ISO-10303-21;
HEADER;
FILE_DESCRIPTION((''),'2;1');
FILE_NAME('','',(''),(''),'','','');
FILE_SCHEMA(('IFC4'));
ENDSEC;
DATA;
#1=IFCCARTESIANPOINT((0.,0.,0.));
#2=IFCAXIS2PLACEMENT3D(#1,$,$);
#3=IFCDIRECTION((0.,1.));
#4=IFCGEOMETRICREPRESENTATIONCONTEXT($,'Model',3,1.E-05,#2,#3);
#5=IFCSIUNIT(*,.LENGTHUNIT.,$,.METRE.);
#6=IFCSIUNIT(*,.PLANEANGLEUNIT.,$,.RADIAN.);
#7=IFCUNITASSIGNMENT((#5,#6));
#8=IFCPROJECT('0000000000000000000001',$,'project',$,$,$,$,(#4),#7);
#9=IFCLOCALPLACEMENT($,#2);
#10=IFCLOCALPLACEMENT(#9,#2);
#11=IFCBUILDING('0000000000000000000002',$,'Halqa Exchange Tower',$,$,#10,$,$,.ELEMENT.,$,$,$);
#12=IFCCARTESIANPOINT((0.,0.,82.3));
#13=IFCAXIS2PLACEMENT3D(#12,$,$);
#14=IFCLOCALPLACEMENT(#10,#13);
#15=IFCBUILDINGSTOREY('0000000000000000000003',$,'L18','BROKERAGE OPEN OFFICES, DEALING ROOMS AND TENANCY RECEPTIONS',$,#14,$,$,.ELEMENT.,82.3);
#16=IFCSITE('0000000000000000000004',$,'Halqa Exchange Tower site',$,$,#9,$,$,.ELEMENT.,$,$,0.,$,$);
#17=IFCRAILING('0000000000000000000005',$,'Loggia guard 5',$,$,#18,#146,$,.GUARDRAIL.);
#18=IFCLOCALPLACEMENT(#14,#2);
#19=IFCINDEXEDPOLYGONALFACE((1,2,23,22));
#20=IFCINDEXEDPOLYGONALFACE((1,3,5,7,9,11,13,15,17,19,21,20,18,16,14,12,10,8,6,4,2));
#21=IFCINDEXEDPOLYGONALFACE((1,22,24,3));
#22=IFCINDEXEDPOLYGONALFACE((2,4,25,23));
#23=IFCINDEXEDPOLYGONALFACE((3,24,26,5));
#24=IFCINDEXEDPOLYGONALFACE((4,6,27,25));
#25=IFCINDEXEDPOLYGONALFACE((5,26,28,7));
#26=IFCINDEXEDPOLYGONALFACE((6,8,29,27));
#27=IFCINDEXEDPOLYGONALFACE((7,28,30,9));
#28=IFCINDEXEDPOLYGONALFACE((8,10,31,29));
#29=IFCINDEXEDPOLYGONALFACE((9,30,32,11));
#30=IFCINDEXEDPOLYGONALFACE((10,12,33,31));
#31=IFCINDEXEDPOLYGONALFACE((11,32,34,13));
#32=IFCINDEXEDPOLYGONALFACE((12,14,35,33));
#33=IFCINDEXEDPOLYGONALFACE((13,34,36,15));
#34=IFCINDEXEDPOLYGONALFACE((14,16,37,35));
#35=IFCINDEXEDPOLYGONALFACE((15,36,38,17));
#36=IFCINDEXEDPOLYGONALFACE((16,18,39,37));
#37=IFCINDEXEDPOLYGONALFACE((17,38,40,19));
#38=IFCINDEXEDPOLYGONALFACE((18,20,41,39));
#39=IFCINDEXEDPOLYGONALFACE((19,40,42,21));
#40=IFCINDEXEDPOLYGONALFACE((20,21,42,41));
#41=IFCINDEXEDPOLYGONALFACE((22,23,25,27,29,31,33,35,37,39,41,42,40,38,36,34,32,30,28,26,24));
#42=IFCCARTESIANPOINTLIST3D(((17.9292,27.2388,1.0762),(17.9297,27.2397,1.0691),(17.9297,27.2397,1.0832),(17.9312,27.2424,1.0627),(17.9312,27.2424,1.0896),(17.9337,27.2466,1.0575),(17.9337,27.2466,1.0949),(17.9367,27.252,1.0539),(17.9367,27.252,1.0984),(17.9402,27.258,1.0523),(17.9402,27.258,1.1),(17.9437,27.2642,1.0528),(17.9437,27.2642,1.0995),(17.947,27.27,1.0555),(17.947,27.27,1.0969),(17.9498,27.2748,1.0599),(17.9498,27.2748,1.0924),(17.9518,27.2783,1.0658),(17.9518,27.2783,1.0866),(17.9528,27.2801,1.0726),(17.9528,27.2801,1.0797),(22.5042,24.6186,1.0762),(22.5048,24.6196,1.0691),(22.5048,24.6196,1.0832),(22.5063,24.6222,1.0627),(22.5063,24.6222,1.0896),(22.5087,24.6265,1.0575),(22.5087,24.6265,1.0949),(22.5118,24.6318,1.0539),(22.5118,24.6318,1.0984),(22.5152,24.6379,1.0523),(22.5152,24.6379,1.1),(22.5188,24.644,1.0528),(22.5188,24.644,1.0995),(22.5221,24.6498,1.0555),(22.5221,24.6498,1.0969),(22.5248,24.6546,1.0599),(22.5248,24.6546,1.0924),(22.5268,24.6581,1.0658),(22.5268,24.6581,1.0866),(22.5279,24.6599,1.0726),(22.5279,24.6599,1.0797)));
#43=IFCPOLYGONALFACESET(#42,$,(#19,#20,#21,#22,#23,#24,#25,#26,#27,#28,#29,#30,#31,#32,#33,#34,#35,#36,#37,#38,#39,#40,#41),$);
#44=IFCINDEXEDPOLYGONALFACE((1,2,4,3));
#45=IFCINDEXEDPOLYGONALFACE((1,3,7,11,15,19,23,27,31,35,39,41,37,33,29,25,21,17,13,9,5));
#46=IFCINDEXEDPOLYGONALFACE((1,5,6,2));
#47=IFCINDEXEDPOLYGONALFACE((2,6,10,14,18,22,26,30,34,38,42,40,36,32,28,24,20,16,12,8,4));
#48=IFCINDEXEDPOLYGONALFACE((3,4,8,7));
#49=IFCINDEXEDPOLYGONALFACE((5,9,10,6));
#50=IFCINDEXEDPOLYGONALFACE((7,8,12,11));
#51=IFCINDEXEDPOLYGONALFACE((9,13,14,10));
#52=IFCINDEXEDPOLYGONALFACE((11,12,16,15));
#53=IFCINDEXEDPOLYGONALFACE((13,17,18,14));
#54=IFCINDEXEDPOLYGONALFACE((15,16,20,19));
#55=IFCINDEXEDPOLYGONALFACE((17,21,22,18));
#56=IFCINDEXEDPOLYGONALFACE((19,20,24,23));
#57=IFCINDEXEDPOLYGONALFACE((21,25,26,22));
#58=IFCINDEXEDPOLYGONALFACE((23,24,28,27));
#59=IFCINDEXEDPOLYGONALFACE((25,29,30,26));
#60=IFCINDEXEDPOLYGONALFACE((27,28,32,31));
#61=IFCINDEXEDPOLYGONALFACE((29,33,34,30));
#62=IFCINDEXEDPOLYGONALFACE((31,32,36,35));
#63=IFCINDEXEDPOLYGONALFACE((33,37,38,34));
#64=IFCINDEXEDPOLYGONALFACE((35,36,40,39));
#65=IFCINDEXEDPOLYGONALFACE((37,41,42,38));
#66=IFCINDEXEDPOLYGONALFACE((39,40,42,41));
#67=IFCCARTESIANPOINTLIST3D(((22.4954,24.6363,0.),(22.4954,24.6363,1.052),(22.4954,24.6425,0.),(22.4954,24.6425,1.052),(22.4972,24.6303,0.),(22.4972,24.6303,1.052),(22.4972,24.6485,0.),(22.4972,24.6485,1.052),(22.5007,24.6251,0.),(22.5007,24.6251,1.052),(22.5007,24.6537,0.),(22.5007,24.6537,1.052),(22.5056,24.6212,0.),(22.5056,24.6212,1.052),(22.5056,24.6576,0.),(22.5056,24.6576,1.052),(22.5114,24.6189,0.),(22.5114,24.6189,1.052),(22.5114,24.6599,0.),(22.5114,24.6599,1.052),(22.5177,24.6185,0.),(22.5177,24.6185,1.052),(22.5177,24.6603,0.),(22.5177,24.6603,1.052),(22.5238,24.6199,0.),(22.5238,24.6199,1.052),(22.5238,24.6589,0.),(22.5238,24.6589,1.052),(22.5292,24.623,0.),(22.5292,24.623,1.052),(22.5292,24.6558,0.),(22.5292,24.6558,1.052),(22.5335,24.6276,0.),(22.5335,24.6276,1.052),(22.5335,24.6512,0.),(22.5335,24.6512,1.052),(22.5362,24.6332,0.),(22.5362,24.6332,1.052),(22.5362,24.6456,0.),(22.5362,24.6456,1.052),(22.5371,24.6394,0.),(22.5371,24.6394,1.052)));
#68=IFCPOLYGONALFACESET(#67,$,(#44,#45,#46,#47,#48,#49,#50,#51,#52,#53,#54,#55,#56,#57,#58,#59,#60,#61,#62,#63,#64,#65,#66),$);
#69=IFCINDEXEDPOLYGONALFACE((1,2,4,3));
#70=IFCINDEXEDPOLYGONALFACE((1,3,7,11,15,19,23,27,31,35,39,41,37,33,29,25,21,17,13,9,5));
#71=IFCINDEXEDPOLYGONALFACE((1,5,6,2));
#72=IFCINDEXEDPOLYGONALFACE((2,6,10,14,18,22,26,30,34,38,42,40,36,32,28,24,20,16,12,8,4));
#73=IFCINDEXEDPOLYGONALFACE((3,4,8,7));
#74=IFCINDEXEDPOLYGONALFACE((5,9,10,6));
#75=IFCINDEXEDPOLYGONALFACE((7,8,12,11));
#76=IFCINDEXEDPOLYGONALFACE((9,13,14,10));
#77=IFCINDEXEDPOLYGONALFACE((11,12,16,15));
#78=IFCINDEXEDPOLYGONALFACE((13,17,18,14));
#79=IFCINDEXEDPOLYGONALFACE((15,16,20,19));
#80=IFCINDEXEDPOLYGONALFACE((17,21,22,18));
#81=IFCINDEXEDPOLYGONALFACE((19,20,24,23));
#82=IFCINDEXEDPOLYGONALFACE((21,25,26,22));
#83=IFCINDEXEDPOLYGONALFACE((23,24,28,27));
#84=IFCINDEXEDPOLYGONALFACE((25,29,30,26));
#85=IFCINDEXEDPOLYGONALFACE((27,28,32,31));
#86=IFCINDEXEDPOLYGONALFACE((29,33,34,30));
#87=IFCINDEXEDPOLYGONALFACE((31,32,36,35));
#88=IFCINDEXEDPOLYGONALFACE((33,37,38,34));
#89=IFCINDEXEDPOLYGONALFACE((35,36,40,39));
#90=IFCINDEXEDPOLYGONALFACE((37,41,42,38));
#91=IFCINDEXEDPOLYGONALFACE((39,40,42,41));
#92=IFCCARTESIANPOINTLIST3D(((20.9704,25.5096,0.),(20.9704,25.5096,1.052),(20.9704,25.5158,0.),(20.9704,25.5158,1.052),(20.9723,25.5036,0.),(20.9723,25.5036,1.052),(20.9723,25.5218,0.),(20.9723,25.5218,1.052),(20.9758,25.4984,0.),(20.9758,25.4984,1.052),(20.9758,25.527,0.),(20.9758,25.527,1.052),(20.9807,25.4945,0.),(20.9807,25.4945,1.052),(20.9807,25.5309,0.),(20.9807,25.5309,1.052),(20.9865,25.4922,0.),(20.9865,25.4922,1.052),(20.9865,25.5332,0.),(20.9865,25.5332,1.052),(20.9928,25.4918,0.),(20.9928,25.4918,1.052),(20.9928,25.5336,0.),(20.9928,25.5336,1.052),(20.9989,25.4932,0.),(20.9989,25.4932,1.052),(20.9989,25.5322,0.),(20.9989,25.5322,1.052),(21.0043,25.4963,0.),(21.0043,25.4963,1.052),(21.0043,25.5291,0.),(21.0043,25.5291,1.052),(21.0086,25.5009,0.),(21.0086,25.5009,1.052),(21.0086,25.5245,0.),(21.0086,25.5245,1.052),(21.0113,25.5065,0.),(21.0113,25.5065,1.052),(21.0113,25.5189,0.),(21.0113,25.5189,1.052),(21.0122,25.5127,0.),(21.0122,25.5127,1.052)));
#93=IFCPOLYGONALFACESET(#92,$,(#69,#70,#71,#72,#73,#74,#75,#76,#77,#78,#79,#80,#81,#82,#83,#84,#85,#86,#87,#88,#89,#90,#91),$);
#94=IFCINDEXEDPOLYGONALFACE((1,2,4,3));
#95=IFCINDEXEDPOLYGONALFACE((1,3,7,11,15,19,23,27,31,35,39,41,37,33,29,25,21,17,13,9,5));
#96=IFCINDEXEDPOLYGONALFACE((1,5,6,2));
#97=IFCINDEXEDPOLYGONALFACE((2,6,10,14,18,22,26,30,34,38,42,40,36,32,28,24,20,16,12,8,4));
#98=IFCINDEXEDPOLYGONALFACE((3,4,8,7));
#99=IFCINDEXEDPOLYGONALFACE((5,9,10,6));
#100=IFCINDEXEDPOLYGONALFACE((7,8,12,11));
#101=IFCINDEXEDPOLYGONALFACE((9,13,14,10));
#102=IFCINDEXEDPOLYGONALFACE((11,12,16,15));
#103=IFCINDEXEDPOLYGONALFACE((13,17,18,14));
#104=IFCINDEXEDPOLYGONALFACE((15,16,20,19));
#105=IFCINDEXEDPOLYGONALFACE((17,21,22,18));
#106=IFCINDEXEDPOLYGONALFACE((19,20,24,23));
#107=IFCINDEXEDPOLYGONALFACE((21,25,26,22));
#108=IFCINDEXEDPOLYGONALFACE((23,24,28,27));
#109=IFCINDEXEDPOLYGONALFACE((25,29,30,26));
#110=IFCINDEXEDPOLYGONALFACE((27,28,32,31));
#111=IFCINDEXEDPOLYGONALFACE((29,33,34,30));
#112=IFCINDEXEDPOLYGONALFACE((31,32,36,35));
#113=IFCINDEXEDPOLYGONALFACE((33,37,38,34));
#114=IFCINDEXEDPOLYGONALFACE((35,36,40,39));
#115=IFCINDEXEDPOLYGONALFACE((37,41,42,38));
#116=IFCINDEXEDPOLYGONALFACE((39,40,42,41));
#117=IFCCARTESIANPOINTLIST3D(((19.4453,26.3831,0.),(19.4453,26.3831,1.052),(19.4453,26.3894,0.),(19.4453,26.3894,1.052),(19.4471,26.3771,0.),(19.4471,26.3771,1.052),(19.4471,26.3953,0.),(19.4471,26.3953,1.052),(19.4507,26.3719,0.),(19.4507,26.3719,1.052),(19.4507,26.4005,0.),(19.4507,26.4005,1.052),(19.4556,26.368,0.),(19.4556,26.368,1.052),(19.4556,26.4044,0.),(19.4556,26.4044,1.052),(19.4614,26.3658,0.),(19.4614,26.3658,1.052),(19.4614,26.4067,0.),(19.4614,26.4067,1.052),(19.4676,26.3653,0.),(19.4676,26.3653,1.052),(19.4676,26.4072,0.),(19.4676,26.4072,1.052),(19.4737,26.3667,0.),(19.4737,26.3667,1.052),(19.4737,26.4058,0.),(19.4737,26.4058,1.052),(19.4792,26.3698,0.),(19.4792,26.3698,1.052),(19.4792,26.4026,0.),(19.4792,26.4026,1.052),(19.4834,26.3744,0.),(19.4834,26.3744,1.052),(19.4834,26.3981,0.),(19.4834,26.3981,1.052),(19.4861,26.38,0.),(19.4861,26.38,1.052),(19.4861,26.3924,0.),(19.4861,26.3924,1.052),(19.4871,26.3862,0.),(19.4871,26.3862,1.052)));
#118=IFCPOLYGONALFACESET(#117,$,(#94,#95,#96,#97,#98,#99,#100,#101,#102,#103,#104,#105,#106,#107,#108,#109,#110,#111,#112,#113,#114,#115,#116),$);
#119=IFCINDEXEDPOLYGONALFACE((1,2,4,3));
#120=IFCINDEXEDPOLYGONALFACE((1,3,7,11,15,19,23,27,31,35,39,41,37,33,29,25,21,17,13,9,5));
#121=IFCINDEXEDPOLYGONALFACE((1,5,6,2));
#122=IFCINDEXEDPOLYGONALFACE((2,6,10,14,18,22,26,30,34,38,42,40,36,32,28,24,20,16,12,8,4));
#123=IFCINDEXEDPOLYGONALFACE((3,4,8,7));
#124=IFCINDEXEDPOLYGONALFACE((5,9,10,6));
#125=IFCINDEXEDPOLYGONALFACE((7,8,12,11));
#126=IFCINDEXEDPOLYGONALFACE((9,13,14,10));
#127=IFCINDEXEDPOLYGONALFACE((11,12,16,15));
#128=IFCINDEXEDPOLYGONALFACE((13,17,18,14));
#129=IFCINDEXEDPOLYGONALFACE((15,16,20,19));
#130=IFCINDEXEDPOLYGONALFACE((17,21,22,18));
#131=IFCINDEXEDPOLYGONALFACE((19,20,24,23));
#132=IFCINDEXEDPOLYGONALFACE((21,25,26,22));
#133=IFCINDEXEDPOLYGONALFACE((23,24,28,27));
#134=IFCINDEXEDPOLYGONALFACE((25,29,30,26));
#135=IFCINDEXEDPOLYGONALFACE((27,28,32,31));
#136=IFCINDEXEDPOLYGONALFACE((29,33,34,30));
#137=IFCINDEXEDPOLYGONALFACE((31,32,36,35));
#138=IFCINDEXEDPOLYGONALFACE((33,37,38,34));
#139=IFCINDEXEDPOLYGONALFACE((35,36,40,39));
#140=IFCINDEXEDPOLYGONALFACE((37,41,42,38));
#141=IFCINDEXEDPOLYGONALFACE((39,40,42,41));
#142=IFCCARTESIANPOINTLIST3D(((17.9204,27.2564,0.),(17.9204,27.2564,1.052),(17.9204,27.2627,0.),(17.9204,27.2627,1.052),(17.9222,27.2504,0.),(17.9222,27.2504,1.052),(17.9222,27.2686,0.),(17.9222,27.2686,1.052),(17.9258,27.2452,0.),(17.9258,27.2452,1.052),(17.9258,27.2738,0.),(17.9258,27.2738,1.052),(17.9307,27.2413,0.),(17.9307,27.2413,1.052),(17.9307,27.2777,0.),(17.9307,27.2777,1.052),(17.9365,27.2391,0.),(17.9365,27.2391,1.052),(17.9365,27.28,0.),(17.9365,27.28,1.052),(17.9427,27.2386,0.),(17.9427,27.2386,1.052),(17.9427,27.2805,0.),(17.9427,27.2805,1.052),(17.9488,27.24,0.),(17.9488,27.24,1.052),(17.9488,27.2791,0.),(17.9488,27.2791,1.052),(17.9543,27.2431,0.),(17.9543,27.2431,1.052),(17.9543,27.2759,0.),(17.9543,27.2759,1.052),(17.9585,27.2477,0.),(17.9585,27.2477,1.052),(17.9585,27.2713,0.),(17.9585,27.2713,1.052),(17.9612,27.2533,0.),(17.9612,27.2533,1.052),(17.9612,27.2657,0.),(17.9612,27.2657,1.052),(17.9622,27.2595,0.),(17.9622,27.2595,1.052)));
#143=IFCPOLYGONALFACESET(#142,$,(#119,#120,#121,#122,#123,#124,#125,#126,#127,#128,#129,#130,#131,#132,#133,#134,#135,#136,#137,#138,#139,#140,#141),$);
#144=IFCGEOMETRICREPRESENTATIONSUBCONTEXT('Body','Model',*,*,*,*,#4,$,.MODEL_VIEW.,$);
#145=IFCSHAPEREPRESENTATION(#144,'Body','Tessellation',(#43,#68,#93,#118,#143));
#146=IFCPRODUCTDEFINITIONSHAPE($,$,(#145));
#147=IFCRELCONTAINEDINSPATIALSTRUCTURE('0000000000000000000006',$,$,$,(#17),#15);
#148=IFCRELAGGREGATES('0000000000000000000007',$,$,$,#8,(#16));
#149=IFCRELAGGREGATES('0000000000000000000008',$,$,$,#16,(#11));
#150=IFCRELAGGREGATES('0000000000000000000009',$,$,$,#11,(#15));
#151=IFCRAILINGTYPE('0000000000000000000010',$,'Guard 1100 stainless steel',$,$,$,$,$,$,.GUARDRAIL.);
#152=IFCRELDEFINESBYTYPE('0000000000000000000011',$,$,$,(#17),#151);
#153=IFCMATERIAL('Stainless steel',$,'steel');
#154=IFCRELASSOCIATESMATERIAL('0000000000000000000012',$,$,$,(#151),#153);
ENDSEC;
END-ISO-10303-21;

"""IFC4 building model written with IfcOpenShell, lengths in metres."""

from ifc_helpers import new_model, si_unit, direction, frame, origin, origin_2d, place, context, subcontext, project, spatial, circle, extrude, material, type_object, element, save


model = new_model("IFC4")

# Units and contexts
model_context = context("Model", 3, precision=1e-05, world=origin(), true_north=direction((0.0, 1.0)))
body_context = subcontext(model_context, "Body", "Model", "MODEL_VIEW")
ifc_project = project(units=[si_unit("LENGTHUNIT", "METRE"), si_unit("PLANEANGLEUNIT", "RADIAN")], contexts=[model_context])

# Site, building, storey
site_placement = place(None, origin())
site = spatial("IfcSite", under=ifc_project, at=site_placement, Name="Halqa Exchange Tower site", CompositionType="ELEMENT", RefElevation=0.0)
building_placement = place(site_placement, origin())
building = spatial("IfcBuilding", under=site, at=building_placement, Name="Halqa Exchange Tower", CompositionType="ELEMENT")
storey_placement = place(building_placement, frame((0.0, 0.0, 82.3)))
storey = spatial("IfcBuildingStorey", under=building, at=storey_placement, Name="L18", Description="BROKERAGE OPEN OFFICES, DEALING ROOMS AND TENANCY RECEPTIONS", CompositionType="ELEMENT", Elevation=82.3)

# Railing
ifc_material_1 = material(Name="Stainless steel", Category="steel")
railing_type = type_object("IfcRailingType", Name="Guard 1100 stainless steel", PredefinedType="GUARDRAIL", material=ifc_material_1)
railing_1_placement = place(storey_placement, frame((22.5161, 24.6394, 0.0)))
element("IfcRailing", 1, at=railing_1_placement, inside=storey, type_object=railing_type, Name="Loggia guard 5", PredefinedType="GUARDRAIL", context=body_context, shape_type="SweptSolid", body=[
    extrude(circle(Radius=0.0239, at=origin_2d()), frame((0.0, 0.0, 1.0762), z_axis=(-0.867764, 0.496977, 0.0), x_axis=(-0.496977, -0.867764, 0.0)), (0.0, 0.0, 1.0), 5.2722),
    extrude(circle(Radius=0.021, at=origin_2d()), origin(), (0.0, 0.0, 1.0), 1.052),
    extrude(circle(Radius=0.021, at=origin_2d()), frame((-1.5249, 0.8733, 0.0)), (0.0, 0.0, 1.0), 1.052),
    extrude(circle(Radius=0.021, at=origin_2d()), frame((-3.05, 1.7468, 0.0)), (0.0, 0.0, 1.0), 1.052),
    extrude(circle(Radius=0.021, at=origin_2d()), frame((-4.575, 2.6201, 0.0)), (0.0, 0.0, 1.0), 1.052),
])

save(model, "model.ifc")
